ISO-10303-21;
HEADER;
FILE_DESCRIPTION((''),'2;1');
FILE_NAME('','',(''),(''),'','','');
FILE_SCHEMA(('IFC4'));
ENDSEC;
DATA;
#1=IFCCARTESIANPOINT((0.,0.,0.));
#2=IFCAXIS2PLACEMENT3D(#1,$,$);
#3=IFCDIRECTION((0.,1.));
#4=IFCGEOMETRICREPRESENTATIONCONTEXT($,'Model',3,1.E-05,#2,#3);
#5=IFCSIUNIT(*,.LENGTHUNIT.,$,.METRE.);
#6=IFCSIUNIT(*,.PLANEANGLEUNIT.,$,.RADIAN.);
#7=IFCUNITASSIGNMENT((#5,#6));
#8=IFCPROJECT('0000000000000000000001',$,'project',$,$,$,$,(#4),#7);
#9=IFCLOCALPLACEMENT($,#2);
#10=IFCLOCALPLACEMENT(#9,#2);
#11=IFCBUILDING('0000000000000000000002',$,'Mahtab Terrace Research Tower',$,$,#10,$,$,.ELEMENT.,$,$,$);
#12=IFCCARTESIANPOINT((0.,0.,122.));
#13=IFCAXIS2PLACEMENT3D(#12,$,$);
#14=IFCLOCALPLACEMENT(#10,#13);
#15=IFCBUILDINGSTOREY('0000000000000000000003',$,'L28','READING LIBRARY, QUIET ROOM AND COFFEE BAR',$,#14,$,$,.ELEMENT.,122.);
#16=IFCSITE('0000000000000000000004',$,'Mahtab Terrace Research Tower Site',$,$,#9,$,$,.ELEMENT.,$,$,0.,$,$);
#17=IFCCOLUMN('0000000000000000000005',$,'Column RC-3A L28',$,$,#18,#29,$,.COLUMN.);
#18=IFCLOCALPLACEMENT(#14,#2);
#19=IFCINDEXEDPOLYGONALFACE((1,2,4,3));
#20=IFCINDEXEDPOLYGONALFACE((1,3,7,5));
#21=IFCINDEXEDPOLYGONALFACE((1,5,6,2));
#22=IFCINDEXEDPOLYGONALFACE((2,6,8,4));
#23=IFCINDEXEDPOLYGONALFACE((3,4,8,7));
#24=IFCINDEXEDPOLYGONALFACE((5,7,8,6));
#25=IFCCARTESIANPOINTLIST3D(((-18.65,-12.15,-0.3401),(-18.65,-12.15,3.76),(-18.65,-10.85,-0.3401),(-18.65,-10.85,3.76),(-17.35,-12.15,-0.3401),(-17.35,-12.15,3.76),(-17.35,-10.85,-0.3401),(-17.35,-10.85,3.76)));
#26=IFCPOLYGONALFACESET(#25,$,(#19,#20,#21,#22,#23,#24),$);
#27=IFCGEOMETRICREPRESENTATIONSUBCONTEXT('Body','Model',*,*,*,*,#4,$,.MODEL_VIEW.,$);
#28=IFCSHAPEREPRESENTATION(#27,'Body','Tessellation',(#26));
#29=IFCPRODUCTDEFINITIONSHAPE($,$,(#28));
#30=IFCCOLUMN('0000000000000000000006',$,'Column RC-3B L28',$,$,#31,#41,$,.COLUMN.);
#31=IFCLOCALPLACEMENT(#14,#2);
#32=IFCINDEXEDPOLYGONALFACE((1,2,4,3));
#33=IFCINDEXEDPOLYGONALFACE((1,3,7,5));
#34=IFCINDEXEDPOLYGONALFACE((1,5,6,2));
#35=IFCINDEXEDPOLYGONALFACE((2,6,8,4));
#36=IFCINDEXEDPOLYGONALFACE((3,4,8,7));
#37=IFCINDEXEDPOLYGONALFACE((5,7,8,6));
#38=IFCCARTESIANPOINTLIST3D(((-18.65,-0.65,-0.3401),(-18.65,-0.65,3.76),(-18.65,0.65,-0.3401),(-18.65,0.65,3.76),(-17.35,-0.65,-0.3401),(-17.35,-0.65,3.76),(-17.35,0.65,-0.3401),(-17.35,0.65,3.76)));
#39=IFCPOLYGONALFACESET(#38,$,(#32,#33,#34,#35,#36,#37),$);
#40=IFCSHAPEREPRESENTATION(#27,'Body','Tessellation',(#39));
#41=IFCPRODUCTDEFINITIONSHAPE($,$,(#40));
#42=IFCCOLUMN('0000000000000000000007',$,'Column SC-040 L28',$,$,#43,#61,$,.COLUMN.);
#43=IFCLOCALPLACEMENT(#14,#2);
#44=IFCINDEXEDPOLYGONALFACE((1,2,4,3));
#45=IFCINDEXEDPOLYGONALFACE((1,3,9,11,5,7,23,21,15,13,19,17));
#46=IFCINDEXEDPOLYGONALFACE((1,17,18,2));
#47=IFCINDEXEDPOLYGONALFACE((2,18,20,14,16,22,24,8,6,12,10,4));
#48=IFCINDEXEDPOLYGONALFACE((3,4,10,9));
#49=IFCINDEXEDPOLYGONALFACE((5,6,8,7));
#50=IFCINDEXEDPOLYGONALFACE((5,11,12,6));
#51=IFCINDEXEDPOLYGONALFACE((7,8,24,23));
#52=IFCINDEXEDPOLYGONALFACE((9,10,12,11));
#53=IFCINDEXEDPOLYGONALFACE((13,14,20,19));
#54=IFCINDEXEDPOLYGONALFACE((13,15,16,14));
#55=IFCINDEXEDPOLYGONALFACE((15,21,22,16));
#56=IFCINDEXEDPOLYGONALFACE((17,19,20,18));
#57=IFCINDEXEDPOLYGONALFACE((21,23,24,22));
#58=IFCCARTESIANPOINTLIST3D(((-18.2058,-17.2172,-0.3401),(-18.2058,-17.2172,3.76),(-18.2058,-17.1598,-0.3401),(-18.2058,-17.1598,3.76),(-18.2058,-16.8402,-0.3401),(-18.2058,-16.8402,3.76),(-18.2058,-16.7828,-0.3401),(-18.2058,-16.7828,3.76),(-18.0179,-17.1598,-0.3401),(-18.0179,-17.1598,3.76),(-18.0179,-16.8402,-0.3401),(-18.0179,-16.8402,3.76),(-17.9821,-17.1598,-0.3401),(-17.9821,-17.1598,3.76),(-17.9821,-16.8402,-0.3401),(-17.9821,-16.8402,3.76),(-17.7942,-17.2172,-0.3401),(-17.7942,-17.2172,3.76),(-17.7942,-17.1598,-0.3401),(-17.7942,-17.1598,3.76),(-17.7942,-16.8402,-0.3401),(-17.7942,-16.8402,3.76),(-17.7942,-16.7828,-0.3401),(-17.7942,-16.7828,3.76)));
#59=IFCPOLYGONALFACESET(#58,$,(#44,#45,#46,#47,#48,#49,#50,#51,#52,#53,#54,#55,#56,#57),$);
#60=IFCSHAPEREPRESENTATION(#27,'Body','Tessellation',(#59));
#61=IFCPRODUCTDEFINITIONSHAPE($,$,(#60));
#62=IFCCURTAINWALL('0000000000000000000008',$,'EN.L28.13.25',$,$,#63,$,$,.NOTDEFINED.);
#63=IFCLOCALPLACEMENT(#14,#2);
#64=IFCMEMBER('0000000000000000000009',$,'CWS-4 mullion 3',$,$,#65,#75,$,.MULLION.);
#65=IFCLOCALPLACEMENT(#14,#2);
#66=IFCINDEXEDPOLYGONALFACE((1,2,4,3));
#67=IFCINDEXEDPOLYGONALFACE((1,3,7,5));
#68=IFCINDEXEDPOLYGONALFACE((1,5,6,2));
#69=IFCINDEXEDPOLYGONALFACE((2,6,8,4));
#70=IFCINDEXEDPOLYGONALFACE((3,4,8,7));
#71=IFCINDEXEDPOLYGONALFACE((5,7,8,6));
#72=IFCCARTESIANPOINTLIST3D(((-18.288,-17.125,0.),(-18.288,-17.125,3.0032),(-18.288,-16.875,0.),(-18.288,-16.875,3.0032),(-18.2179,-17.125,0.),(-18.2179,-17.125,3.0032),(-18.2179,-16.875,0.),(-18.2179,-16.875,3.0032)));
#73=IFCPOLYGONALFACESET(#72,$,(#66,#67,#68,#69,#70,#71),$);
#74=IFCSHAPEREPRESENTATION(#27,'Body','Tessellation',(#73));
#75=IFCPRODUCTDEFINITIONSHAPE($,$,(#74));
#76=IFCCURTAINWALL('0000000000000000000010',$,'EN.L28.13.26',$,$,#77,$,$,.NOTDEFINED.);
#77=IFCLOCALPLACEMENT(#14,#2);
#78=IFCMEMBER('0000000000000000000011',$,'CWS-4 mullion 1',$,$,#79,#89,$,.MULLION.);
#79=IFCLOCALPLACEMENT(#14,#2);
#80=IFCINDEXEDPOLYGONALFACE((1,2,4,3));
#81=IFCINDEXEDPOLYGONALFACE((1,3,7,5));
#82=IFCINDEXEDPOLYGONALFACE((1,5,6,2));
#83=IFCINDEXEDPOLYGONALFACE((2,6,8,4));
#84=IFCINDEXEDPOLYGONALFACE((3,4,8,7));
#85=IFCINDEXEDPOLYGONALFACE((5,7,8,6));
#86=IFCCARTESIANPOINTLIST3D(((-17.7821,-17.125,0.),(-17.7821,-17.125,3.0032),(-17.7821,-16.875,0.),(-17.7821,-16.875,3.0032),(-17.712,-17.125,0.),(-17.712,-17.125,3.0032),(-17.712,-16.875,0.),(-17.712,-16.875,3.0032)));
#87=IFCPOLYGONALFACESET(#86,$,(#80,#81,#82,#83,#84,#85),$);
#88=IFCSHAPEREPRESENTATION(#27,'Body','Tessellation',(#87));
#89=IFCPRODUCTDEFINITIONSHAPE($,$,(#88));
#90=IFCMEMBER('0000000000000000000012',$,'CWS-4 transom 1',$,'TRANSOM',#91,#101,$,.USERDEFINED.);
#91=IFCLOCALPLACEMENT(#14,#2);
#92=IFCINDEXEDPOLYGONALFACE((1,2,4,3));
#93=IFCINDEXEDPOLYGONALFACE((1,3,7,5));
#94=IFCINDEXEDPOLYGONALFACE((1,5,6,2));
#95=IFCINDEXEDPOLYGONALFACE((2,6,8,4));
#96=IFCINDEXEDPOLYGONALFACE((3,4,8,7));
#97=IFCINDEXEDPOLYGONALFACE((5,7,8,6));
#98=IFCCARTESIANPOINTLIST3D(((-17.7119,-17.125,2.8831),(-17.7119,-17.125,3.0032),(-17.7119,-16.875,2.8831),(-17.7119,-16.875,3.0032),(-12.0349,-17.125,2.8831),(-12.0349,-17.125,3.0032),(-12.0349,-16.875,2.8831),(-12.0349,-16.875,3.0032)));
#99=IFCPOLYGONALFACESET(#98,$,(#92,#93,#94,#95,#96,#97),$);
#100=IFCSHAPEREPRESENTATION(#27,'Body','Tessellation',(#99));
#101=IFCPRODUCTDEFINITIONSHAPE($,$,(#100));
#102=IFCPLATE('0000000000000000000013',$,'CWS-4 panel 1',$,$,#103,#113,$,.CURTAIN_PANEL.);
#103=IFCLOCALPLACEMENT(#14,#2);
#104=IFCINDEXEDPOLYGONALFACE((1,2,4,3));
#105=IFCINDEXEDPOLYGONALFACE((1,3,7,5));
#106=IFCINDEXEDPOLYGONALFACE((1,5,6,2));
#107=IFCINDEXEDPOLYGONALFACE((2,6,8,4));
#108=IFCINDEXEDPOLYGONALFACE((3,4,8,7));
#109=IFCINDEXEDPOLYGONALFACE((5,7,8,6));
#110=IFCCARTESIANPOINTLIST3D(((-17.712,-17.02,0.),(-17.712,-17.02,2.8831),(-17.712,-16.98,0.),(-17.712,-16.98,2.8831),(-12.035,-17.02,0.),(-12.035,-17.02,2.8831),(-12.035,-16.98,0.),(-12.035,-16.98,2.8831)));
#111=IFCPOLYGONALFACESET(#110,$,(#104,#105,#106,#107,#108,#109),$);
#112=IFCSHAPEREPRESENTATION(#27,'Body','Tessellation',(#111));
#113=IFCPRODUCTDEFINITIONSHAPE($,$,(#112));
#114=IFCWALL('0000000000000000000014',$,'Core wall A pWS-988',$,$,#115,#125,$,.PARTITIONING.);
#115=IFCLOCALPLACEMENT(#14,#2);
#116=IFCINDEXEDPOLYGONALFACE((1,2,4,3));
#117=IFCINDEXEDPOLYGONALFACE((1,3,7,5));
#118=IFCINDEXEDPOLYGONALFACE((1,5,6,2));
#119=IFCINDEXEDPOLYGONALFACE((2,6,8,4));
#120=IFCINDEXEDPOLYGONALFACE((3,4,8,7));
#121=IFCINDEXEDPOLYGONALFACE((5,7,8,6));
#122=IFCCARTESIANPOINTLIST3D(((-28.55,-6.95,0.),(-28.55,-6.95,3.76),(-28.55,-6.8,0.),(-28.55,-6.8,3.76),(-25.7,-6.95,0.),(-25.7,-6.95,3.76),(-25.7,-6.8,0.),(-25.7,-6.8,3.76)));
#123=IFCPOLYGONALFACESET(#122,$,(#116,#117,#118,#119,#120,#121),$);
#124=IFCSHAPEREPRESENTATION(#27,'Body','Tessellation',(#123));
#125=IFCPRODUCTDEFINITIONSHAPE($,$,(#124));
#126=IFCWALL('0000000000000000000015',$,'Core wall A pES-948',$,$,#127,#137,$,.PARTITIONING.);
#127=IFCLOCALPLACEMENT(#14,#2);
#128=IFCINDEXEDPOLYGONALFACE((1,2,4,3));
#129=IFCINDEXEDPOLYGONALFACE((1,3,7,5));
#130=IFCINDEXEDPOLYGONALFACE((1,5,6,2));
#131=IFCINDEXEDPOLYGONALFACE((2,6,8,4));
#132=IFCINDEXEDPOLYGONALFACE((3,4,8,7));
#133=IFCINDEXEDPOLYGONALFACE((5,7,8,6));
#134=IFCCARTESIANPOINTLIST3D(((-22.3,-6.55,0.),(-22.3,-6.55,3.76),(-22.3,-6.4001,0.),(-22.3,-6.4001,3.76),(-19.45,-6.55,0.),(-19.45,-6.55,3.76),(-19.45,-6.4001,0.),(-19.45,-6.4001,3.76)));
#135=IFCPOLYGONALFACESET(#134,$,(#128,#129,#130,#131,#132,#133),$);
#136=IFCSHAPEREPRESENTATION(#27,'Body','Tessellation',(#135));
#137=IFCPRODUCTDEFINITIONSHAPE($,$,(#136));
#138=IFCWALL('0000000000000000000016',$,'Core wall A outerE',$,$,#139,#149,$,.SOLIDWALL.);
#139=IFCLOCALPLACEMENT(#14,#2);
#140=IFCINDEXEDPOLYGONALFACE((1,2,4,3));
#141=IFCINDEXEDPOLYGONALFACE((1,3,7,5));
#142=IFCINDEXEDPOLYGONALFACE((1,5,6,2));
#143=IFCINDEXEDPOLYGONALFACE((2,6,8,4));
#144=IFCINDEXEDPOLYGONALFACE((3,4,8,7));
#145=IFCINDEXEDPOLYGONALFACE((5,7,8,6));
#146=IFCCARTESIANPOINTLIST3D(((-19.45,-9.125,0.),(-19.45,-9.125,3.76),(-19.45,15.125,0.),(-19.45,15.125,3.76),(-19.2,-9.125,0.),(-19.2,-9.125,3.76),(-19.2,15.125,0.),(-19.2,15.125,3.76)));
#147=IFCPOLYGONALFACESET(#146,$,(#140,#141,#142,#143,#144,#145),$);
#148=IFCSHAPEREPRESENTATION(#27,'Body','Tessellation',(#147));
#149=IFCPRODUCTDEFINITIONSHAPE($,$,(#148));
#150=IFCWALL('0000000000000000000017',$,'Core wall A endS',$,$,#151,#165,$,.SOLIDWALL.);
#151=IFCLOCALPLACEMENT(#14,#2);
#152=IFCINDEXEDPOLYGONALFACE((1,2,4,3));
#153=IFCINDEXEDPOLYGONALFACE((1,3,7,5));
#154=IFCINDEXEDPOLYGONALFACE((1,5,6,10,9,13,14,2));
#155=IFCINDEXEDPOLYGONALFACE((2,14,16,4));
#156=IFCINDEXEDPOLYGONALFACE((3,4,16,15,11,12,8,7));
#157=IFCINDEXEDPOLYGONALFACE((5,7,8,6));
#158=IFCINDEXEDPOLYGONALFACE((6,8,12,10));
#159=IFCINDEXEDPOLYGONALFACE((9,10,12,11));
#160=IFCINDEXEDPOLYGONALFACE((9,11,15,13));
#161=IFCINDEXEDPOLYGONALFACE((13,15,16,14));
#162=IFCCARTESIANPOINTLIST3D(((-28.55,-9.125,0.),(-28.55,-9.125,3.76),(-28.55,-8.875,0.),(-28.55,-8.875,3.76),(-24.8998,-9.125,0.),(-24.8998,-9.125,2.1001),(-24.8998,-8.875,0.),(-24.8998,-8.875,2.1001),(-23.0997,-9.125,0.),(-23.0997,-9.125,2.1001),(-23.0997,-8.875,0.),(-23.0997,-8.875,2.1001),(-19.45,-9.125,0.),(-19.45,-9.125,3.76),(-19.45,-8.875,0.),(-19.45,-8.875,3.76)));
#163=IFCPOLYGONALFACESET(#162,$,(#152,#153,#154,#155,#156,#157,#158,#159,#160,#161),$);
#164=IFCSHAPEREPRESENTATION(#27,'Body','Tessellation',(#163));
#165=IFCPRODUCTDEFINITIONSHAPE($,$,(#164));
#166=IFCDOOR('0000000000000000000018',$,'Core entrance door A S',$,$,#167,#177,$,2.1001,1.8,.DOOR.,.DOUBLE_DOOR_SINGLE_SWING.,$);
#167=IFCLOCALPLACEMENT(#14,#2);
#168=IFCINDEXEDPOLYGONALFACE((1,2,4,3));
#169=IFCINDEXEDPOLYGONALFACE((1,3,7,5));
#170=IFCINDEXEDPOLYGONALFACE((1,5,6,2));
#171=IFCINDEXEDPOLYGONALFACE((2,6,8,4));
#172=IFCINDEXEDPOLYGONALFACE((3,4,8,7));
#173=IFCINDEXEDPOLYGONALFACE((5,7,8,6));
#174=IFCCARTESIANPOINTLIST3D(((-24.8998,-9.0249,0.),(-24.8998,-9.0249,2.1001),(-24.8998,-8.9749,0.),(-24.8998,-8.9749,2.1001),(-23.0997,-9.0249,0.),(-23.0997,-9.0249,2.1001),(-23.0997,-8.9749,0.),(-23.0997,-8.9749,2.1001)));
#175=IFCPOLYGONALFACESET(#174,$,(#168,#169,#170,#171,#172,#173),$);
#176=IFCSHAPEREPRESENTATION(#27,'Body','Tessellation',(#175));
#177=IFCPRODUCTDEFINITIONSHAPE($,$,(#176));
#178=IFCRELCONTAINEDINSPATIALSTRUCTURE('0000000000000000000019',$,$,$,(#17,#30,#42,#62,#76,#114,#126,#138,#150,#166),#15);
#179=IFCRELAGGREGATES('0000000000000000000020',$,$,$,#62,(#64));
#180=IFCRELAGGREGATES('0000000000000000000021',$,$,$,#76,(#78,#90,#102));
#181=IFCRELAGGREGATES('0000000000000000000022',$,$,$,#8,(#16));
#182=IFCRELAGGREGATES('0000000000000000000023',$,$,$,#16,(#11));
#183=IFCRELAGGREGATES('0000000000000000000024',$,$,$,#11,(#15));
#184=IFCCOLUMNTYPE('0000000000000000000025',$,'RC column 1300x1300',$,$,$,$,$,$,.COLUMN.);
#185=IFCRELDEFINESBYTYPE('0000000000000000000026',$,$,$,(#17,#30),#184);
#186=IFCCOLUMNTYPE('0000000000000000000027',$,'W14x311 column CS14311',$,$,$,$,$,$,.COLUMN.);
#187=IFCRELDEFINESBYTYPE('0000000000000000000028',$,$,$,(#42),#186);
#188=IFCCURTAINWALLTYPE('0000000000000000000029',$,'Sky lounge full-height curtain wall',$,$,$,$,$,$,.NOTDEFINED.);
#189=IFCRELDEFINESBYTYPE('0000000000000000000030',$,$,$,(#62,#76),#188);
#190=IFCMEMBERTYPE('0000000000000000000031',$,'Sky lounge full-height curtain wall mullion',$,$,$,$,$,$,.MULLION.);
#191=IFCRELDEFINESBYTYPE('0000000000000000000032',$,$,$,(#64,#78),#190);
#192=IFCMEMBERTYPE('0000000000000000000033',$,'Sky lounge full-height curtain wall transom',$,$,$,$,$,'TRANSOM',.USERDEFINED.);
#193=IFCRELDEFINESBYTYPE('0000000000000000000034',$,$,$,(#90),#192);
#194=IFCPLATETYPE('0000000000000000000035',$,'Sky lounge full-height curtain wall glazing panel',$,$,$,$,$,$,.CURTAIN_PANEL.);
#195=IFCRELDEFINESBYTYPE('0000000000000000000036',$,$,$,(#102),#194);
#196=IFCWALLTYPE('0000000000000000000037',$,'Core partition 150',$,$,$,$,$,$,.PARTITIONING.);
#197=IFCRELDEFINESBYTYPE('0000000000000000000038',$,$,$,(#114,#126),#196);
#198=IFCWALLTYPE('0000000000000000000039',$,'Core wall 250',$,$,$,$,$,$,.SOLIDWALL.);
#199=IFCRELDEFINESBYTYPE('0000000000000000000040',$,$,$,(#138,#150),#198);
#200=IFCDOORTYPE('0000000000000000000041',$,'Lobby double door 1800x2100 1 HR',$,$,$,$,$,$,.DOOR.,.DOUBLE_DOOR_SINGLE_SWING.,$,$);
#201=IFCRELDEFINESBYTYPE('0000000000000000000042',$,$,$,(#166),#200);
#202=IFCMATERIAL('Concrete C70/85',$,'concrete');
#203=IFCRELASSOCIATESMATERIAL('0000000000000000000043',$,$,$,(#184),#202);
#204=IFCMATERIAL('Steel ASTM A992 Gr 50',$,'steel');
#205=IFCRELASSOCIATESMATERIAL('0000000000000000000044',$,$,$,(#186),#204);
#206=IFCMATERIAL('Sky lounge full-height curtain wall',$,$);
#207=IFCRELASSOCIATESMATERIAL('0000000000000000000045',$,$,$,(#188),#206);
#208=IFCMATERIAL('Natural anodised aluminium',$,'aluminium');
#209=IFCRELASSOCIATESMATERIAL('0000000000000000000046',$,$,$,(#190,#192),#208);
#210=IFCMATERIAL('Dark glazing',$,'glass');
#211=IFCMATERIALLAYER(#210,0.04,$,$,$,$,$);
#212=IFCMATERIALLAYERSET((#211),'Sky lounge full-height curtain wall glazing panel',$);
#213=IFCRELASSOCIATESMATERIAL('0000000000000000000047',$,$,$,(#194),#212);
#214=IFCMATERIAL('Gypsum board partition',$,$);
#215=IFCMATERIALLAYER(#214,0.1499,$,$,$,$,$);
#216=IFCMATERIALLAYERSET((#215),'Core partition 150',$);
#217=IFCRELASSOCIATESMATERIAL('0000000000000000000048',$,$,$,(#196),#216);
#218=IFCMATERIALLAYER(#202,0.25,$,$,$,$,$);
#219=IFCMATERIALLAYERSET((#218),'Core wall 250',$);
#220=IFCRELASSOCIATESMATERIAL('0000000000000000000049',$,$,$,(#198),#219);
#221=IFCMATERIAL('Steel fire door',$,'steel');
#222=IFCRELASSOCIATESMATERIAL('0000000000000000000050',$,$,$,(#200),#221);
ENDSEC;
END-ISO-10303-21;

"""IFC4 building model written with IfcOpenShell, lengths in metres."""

from ifc_helpers import new_model, si_unit, direction, frame, frame_2d, origin, origin_2d, place, context, subcontext, project, spatial, rectangle, i_section, extrude, material, layer, layer_set, material_profile, profile_set, type_object, element, fill, aggregate, save


model = new_model("IFC4")

# Units and contexts
model_context = context("Model", 3, precision=1e-05, world=origin(), true_north=direction((0.0, 1.0)))
body_context = subcontext(model_context, "Body", "Model", "MODEL_VIEW")
ifc_project = project(units=[si_unit("LENGTHUNIT", "METRE"), si_unit("PLANEANGLEUNIT", "RADIAN")], contexts=[model_context])

# Site, building, storey
site_placement = place(None, origin())
site = spatial("IfcSite", under=ifc_project, at=site_placement, Name="Mahtab Terrace Research Tower Site", CompositionType="ELEMENT", RefElevation=0.0)
building_placement = place(site_placement, origin())
building = spatial("IfcBuilding", under=site, at=building_placement, Name="Mahtab Terrace Research Tower", CompositionType="ELEMENT")
storey_placement = place(building_placement, frame((0.0, 0.0, 122.0)))
storey = spatial("IfcBuildingStorey", under=building, at=storey_placement, Name="L28", Description="READING LIBRARY, QUIET ROOM AND COFFEE BAR", CompositionType="ELEMENT", Elevation=122.0)

# Columns
ifc_material_1 = material(Name="Concrete C70/85", Category="concrete")
ifc_material_profile_1 = material_profile(ifc_material_1, rectangle(XDim=1.3, YDim=1.3, at=origin_2d()), Name="RC column 1300x1300")
ifc_profile_set_1 = profile_set([ifc_material_profile_1], Name="Concrete C70/85")
column_type_1 = type_object("IfcColumnType", Name="RC column 1300x1300", PredefinedType="COLUMN", material=ifc_profile_set_1)
for number, where, z_axis, x_axis, name in (
    (1, (-18.0, -11.5, -0.3401), (0.0, 0.0, 1.0), (1.0, 0.0, 0.0), "Column RC-3A L28"),
    (2, (-18.0, 0.0, -0.3401), (0.0, 0.0, 1.0), (1.0, 0.0, 0.0), "Column RC-3B L28"),
):
    element("IfcColumn", number, at=place(storey_placement, frame(where, z_axis=z_axis, x_axis=x_axis)), inside=storey, type_object=column_type_1, Name=name, PredefinedType="COLUMN", context=body_context, shape_type="SweptSolid", body=[
        extrude(rectangle(XDim=1.3, YDim=1.3, at=origin_2d()), origin(), (0.0, 0.0, 1.0), 4.1001),
    ])
ifc_material_2 = material(Name="Steel ASTM A992 Gr 50", Category="steel")
ifc_material_profile_2 = material_profile(ifc_material_2, i_section(OverallWidth=0.4116, OverallDepth=0.4343, WebThickness=0.0359, FlangeThickness=0.0574, at=origin_2d()), Name="W14X311")
ifc_profile_set_2 = profile_set([ifc_material_profile_2], Name="Steel ASTM A992 Gr 50")
column_type_2 = type_object("IfcColumnType", Name="W14x311 column CS14311", PredefinedType="COLUMN", material=ifc_profile_set_2)
column_placement = place(storey_placement, frame((-18.0, -17.0, -0.3401), z_axis=(0.0, 0.0, 1.0), x_axis=(1.0, 0.0, 0.0)))
element("IfcColumn", 3, at=column_placement, inside=storey, type_object=column_type_2, Name="Column SC-040 L28", PredefinedType="COLUMN", context=body_context, shape_type="SweptSolid", body=[
    extrude(i_section(OverallWidth=0.4116, OverallDepth=0.4343, WebThickness=0.0359, FlangeThickness=0.0574, at=origin_2d()), origin(), (0.0, 0.0, 1.0), 4.1001),
])

# Curtain wall, member
ifc_material_3 = material(Name="Sky lounge full-height curtain wall")
curtain_wall_type = type_object("IfcCurtainWallType", Name="Sky lounge full-height curtain wall", PredefinedType="NOTDEFINED", material=ifc_material_3)
curtain_wall_1_placement = place(storey_placement, origin())
curtain_wall_1 = element("IfcCurtainWall", 4, at=curtain_wall_1_placement, inside=storey, type_object=curtain_wall_type, Name="EN.L28.13.25", PredefinedType="NOTDEFINED")
ifc_material_4 = material(Name="Natural anodised aluminium", Category="aluminium")
ifc_material_profile_3 = material_profile(ifc_material_4, rectangle(XDim=0.25, YDim=0.0701, at=origin_2d()), Name="MULLION 70x250")
ifc_profile_set_3 = profile_set([ifc_material_profile_3], Name="Natural anodised aluminium")
member_type_1 = type_object("IfcMemberType", Name="Sky lounge full-height curtain wall mullion", PredefinedType="MULLION", material=ifc_profile_set_3)
member_1_placement = place(storey_placement, frame((-18.2529, -17.0, 0.0), z_axis=(0.0, 0.0, 1.0), x_axis=(0.0, 1.0, 0.0)))
member_1 = element("IfcMember", 5, at=member_1_placement, type_object=member_type_1, Name="CWS-4 mullion 3", PredefinedType="MULLION", context=body_context, shape_type="SweptSolid", body=[
    extrude(rectangle(XDim=0.25, YDim=0.0701, at=origin_2d()), origin(), (0.0, 0.0, 1.0), 3.0032),
])
aggregate(curtain_wall_1, [member_1])

# Curtain wall, members, plate
curtain_wall_2_placement = place(storey_placement, origin())
curtain_wall_2 = element("IfcCurtainWall", 6, at=curtain_wall_2_placement, inside=storey, type_object=curtain_wall_type, Name="EN.L28.13.26", PredefinedType="NOTDEFINED")
member_2_placement = place(storey_placement, frame((-17.7471, -17.0, 0.0), z_axis=(0.0, 0.0, 1.0), x_axis=(0.0, 1.0, 0.0)))
member_2 = element("IfcMember", 7, at=member_2_placement, type_object=member_type_1, Name="CWS-4 mullion 1", PredefinedType="MULLION", context=body_context, shape_type="SweptSolid", body=[
    extrude(rectangle(XDim=0.25, YDim=0.0701, at=origin_2d()), origin(), (0.0, 0.0, 1.0), 3.0032),
])
ifc_material_profile_4 = material_profile(ifc_material_4, rectangle(XDim=0.25, YDim=0.1201, at=origin_2d()), Name="TRANSOM 120x250")
ifc_profile_set_4 = profile_set([ifc_material_profile_4], Name="Natural anodised aluminium")
member_type_2 = type_object("IfcMemberType", Name="Sky lounge full-height curtain wall transom", ElementType="TRANSOM", PredefinedType="USERDEFINED", material=ifc_profile_set_4)
member_3_placement = place(storey_placement, frame((-17.7119, -17.0, 2.9431), z_axis=(1.0, 0.0, 0.0), x_axis=(0.0, 1.0, 0.0)))
member_3 = element("IfcMember", 8, at=member_3_placement, type_object=member_type_2, Name="CWS-4 transom 1", ObjectType="TRANSOM", PredefinedType="USERDEFINED", context=body_context, shape_type="SweptSolid", body=[
    extrude(rectangle(XDim=0.25, YDim=0.1201, at=origin_2d()), origin(), (0.0, 0.0, 1.0), 5.677),
])
ifc_material_5 = material(Name="Dark glazing", Category="glass")
ifc_layer_1 = layer(ifc_material_5, 0.04)
ifc_layer_set_1 = layer_set([ifc_layer_1], Name="Sky lounge full-height curtain wall glazing panel")
plate_type = type_object("IfcPlateType", Name="Sky lounge full-height curtain wall glazing panel", PredefinedType="CURTAIN_PANEL", material=ifc_layer_set_1)
plate_placement = place(storey_placement, frame((-14.8735, -17.0, 0.0), z_axis=(0.0, 0.0, 1.0), x_axis=(1.0, 0.0, 0.0)))
plate = element("IfcPlate", 9, at=plate_placement, type_object=plate_type, Name="CWS-4 panel 1", PredefinedType="CURTAIN_PANEL", context=body_context, shape_type="SweptSolid", body=[
    extrude(rectangle(XDim=5.677, YDim=0.04, at=origin_2d()), origin(), (0.0, 0.0, 1.0), 2.8831),
])
aggregate(curtain_wall_2, [member_2, member_3, plate])

# Walls
ifc_material_6 = material(Name="Gypsum board partition")
ifc_layer_2 = layer(ifc_material_6, 0.1499)
ifc_layer_set_2 = layer_set([ifc_layer_2], Name="Core partition 150")
wall_type_1 = type_object("IfcWallType", Name="Core partition 150", PredefinedType="PARTITIONING", material=ifc_layer_set_2)
for number, where, z_axis, x_axis, name in (
    (10, (-28.55, -6.875, 0.0), (0.0, 0.0, 1.0), (1.0, 0.0, 0.0), "Core wall A pWS-988"),
    (11, (-22.3, -6.4751, 0.0), (0.0, 0.0, 1.0), (1.0, 0.0, 0.0), "Core wall A pES-948"),
):
    element("IfcWall", number, at=place(storey_placement, frame(where, z_axis=z_axis, x_axis=x_axis)), inside=storey, type_object=wall_type_1, Name=name, PredefinedType="PARTITIONING", context=body_context, shape_type="SweptSolid", body=[
        extrude(rectangle(XDim=2.8501, YDim=0.1499, at=frame_2d((1.425, 0.0))), origin(), (0.0, 0.0, 1.0), 3.76),
    ])
ifc_layer_3 = layer(ifc_material_1, 0.25)
ifc_layer_set_3 = layer_set([ifc_layer_3], Name="Core wall 250")
wall_type_2 = type_object("IfcWallType", Name="Core wall 250", PredefinedType="SOLIDWALL", material=ifc_layer_set_3)
wall_1_placement = place(storey_placement, frame((-19.325, -9.125, 0.0), z_axis=(0.0, 0.0, 1.0), x_axis=(0.0, 1.0, 0.0)))
element("IfcWall", 12, at=wall_1_placement, inside=storey, type_object=wall_type_2, Name="Core wall A outerE", PredefinedType="SOLIDWALL", context=body_context, shape_type="SweptSolid", body=[
    extrude(rectangle(XDim=24.25, YDim=0.25, at=frame_2d((12.125, 0.0))), origin(), (0.0, 0.0, 1.0), 3.76),
])

# Wall, opening, door
wall_2_placement = place(storey_placement, frame((-19.45, -9.0, 0.0), z_axis=(0.0, 0.0, 1.0), x_axis=(-1.0, 0.0, 0.0)))
wall_2 = element("IfcWall", 13, at=wall_2_placement, inside=storey, type_object=wall_type_2, Name="Core wall A endS", PredefinedType="SOLIDWALL", context=body_context, shape_type="SweptSolid", body=[
    extrude(rectangle(XDim=9.1001, YDim=0.25, at=frame_2d((4.55, 0.0))), origin(), (0.0, 0.0, 1.0), 3.76),
])
opening_1_placement = place(wall_2_placement, frame((3.6499, 0.0, 0.0)))
opening_1 = element("IfcOpeningElement", 14, at=opening_1_placement, cuts=wall_2, PredefinedType="OPENING", context=body_context, shape_type="SweptSolid", body=[
    extrude(rectangle(XDim=1.8, YDim=2.1001, at=frame_2d((0.8999, 1.05))), frame((0.0, 0.135, 0.0), z_axis=(0.0, -1.0, 0.0), x_axis=(1.0, 0.0, 0.0)), (0.0, 0.0, 1.0), 0.27),
])
ifc_material_7 = material(Name="Steel fire door", Category="steel")
door_type_1 = type_object("IfcDoorType", Name="Lobby double door 1800x2100 1 HR", OperationType="DOUBLE_DOOR_SINGLE_SWING", PredefinedType="DOOR", material=ifc_material_7)
door_1_placement = place(opening_1_placement, origin())
door_1 = element("IfcDoor", 15, at=door_1_placement, inside=storey, type_object=door_type_1, Name="Core entrance door A S", OperationType="DOUBLE_DOOR_SINGLE_SWING", OverallHeight=2.1001, OverallWidth=1.8, PredefinedType="DOOR", context=body_context, shape_type="SweptSolid", body=[
    extrude(rectangle(XDim=1.8, YDim=2.1001, at=frame_2d((0.8999, 1.05))), frame((0.0, 0.0249, 0.0), z_axis=(0.0, -1.0, 0.0), x_axis=(1.0, 0.0, 0.0)), (0.0, 0.0, 1.0), 0.05),
])
fill(opening_1, door_1)

save(model, "model.ifc")
